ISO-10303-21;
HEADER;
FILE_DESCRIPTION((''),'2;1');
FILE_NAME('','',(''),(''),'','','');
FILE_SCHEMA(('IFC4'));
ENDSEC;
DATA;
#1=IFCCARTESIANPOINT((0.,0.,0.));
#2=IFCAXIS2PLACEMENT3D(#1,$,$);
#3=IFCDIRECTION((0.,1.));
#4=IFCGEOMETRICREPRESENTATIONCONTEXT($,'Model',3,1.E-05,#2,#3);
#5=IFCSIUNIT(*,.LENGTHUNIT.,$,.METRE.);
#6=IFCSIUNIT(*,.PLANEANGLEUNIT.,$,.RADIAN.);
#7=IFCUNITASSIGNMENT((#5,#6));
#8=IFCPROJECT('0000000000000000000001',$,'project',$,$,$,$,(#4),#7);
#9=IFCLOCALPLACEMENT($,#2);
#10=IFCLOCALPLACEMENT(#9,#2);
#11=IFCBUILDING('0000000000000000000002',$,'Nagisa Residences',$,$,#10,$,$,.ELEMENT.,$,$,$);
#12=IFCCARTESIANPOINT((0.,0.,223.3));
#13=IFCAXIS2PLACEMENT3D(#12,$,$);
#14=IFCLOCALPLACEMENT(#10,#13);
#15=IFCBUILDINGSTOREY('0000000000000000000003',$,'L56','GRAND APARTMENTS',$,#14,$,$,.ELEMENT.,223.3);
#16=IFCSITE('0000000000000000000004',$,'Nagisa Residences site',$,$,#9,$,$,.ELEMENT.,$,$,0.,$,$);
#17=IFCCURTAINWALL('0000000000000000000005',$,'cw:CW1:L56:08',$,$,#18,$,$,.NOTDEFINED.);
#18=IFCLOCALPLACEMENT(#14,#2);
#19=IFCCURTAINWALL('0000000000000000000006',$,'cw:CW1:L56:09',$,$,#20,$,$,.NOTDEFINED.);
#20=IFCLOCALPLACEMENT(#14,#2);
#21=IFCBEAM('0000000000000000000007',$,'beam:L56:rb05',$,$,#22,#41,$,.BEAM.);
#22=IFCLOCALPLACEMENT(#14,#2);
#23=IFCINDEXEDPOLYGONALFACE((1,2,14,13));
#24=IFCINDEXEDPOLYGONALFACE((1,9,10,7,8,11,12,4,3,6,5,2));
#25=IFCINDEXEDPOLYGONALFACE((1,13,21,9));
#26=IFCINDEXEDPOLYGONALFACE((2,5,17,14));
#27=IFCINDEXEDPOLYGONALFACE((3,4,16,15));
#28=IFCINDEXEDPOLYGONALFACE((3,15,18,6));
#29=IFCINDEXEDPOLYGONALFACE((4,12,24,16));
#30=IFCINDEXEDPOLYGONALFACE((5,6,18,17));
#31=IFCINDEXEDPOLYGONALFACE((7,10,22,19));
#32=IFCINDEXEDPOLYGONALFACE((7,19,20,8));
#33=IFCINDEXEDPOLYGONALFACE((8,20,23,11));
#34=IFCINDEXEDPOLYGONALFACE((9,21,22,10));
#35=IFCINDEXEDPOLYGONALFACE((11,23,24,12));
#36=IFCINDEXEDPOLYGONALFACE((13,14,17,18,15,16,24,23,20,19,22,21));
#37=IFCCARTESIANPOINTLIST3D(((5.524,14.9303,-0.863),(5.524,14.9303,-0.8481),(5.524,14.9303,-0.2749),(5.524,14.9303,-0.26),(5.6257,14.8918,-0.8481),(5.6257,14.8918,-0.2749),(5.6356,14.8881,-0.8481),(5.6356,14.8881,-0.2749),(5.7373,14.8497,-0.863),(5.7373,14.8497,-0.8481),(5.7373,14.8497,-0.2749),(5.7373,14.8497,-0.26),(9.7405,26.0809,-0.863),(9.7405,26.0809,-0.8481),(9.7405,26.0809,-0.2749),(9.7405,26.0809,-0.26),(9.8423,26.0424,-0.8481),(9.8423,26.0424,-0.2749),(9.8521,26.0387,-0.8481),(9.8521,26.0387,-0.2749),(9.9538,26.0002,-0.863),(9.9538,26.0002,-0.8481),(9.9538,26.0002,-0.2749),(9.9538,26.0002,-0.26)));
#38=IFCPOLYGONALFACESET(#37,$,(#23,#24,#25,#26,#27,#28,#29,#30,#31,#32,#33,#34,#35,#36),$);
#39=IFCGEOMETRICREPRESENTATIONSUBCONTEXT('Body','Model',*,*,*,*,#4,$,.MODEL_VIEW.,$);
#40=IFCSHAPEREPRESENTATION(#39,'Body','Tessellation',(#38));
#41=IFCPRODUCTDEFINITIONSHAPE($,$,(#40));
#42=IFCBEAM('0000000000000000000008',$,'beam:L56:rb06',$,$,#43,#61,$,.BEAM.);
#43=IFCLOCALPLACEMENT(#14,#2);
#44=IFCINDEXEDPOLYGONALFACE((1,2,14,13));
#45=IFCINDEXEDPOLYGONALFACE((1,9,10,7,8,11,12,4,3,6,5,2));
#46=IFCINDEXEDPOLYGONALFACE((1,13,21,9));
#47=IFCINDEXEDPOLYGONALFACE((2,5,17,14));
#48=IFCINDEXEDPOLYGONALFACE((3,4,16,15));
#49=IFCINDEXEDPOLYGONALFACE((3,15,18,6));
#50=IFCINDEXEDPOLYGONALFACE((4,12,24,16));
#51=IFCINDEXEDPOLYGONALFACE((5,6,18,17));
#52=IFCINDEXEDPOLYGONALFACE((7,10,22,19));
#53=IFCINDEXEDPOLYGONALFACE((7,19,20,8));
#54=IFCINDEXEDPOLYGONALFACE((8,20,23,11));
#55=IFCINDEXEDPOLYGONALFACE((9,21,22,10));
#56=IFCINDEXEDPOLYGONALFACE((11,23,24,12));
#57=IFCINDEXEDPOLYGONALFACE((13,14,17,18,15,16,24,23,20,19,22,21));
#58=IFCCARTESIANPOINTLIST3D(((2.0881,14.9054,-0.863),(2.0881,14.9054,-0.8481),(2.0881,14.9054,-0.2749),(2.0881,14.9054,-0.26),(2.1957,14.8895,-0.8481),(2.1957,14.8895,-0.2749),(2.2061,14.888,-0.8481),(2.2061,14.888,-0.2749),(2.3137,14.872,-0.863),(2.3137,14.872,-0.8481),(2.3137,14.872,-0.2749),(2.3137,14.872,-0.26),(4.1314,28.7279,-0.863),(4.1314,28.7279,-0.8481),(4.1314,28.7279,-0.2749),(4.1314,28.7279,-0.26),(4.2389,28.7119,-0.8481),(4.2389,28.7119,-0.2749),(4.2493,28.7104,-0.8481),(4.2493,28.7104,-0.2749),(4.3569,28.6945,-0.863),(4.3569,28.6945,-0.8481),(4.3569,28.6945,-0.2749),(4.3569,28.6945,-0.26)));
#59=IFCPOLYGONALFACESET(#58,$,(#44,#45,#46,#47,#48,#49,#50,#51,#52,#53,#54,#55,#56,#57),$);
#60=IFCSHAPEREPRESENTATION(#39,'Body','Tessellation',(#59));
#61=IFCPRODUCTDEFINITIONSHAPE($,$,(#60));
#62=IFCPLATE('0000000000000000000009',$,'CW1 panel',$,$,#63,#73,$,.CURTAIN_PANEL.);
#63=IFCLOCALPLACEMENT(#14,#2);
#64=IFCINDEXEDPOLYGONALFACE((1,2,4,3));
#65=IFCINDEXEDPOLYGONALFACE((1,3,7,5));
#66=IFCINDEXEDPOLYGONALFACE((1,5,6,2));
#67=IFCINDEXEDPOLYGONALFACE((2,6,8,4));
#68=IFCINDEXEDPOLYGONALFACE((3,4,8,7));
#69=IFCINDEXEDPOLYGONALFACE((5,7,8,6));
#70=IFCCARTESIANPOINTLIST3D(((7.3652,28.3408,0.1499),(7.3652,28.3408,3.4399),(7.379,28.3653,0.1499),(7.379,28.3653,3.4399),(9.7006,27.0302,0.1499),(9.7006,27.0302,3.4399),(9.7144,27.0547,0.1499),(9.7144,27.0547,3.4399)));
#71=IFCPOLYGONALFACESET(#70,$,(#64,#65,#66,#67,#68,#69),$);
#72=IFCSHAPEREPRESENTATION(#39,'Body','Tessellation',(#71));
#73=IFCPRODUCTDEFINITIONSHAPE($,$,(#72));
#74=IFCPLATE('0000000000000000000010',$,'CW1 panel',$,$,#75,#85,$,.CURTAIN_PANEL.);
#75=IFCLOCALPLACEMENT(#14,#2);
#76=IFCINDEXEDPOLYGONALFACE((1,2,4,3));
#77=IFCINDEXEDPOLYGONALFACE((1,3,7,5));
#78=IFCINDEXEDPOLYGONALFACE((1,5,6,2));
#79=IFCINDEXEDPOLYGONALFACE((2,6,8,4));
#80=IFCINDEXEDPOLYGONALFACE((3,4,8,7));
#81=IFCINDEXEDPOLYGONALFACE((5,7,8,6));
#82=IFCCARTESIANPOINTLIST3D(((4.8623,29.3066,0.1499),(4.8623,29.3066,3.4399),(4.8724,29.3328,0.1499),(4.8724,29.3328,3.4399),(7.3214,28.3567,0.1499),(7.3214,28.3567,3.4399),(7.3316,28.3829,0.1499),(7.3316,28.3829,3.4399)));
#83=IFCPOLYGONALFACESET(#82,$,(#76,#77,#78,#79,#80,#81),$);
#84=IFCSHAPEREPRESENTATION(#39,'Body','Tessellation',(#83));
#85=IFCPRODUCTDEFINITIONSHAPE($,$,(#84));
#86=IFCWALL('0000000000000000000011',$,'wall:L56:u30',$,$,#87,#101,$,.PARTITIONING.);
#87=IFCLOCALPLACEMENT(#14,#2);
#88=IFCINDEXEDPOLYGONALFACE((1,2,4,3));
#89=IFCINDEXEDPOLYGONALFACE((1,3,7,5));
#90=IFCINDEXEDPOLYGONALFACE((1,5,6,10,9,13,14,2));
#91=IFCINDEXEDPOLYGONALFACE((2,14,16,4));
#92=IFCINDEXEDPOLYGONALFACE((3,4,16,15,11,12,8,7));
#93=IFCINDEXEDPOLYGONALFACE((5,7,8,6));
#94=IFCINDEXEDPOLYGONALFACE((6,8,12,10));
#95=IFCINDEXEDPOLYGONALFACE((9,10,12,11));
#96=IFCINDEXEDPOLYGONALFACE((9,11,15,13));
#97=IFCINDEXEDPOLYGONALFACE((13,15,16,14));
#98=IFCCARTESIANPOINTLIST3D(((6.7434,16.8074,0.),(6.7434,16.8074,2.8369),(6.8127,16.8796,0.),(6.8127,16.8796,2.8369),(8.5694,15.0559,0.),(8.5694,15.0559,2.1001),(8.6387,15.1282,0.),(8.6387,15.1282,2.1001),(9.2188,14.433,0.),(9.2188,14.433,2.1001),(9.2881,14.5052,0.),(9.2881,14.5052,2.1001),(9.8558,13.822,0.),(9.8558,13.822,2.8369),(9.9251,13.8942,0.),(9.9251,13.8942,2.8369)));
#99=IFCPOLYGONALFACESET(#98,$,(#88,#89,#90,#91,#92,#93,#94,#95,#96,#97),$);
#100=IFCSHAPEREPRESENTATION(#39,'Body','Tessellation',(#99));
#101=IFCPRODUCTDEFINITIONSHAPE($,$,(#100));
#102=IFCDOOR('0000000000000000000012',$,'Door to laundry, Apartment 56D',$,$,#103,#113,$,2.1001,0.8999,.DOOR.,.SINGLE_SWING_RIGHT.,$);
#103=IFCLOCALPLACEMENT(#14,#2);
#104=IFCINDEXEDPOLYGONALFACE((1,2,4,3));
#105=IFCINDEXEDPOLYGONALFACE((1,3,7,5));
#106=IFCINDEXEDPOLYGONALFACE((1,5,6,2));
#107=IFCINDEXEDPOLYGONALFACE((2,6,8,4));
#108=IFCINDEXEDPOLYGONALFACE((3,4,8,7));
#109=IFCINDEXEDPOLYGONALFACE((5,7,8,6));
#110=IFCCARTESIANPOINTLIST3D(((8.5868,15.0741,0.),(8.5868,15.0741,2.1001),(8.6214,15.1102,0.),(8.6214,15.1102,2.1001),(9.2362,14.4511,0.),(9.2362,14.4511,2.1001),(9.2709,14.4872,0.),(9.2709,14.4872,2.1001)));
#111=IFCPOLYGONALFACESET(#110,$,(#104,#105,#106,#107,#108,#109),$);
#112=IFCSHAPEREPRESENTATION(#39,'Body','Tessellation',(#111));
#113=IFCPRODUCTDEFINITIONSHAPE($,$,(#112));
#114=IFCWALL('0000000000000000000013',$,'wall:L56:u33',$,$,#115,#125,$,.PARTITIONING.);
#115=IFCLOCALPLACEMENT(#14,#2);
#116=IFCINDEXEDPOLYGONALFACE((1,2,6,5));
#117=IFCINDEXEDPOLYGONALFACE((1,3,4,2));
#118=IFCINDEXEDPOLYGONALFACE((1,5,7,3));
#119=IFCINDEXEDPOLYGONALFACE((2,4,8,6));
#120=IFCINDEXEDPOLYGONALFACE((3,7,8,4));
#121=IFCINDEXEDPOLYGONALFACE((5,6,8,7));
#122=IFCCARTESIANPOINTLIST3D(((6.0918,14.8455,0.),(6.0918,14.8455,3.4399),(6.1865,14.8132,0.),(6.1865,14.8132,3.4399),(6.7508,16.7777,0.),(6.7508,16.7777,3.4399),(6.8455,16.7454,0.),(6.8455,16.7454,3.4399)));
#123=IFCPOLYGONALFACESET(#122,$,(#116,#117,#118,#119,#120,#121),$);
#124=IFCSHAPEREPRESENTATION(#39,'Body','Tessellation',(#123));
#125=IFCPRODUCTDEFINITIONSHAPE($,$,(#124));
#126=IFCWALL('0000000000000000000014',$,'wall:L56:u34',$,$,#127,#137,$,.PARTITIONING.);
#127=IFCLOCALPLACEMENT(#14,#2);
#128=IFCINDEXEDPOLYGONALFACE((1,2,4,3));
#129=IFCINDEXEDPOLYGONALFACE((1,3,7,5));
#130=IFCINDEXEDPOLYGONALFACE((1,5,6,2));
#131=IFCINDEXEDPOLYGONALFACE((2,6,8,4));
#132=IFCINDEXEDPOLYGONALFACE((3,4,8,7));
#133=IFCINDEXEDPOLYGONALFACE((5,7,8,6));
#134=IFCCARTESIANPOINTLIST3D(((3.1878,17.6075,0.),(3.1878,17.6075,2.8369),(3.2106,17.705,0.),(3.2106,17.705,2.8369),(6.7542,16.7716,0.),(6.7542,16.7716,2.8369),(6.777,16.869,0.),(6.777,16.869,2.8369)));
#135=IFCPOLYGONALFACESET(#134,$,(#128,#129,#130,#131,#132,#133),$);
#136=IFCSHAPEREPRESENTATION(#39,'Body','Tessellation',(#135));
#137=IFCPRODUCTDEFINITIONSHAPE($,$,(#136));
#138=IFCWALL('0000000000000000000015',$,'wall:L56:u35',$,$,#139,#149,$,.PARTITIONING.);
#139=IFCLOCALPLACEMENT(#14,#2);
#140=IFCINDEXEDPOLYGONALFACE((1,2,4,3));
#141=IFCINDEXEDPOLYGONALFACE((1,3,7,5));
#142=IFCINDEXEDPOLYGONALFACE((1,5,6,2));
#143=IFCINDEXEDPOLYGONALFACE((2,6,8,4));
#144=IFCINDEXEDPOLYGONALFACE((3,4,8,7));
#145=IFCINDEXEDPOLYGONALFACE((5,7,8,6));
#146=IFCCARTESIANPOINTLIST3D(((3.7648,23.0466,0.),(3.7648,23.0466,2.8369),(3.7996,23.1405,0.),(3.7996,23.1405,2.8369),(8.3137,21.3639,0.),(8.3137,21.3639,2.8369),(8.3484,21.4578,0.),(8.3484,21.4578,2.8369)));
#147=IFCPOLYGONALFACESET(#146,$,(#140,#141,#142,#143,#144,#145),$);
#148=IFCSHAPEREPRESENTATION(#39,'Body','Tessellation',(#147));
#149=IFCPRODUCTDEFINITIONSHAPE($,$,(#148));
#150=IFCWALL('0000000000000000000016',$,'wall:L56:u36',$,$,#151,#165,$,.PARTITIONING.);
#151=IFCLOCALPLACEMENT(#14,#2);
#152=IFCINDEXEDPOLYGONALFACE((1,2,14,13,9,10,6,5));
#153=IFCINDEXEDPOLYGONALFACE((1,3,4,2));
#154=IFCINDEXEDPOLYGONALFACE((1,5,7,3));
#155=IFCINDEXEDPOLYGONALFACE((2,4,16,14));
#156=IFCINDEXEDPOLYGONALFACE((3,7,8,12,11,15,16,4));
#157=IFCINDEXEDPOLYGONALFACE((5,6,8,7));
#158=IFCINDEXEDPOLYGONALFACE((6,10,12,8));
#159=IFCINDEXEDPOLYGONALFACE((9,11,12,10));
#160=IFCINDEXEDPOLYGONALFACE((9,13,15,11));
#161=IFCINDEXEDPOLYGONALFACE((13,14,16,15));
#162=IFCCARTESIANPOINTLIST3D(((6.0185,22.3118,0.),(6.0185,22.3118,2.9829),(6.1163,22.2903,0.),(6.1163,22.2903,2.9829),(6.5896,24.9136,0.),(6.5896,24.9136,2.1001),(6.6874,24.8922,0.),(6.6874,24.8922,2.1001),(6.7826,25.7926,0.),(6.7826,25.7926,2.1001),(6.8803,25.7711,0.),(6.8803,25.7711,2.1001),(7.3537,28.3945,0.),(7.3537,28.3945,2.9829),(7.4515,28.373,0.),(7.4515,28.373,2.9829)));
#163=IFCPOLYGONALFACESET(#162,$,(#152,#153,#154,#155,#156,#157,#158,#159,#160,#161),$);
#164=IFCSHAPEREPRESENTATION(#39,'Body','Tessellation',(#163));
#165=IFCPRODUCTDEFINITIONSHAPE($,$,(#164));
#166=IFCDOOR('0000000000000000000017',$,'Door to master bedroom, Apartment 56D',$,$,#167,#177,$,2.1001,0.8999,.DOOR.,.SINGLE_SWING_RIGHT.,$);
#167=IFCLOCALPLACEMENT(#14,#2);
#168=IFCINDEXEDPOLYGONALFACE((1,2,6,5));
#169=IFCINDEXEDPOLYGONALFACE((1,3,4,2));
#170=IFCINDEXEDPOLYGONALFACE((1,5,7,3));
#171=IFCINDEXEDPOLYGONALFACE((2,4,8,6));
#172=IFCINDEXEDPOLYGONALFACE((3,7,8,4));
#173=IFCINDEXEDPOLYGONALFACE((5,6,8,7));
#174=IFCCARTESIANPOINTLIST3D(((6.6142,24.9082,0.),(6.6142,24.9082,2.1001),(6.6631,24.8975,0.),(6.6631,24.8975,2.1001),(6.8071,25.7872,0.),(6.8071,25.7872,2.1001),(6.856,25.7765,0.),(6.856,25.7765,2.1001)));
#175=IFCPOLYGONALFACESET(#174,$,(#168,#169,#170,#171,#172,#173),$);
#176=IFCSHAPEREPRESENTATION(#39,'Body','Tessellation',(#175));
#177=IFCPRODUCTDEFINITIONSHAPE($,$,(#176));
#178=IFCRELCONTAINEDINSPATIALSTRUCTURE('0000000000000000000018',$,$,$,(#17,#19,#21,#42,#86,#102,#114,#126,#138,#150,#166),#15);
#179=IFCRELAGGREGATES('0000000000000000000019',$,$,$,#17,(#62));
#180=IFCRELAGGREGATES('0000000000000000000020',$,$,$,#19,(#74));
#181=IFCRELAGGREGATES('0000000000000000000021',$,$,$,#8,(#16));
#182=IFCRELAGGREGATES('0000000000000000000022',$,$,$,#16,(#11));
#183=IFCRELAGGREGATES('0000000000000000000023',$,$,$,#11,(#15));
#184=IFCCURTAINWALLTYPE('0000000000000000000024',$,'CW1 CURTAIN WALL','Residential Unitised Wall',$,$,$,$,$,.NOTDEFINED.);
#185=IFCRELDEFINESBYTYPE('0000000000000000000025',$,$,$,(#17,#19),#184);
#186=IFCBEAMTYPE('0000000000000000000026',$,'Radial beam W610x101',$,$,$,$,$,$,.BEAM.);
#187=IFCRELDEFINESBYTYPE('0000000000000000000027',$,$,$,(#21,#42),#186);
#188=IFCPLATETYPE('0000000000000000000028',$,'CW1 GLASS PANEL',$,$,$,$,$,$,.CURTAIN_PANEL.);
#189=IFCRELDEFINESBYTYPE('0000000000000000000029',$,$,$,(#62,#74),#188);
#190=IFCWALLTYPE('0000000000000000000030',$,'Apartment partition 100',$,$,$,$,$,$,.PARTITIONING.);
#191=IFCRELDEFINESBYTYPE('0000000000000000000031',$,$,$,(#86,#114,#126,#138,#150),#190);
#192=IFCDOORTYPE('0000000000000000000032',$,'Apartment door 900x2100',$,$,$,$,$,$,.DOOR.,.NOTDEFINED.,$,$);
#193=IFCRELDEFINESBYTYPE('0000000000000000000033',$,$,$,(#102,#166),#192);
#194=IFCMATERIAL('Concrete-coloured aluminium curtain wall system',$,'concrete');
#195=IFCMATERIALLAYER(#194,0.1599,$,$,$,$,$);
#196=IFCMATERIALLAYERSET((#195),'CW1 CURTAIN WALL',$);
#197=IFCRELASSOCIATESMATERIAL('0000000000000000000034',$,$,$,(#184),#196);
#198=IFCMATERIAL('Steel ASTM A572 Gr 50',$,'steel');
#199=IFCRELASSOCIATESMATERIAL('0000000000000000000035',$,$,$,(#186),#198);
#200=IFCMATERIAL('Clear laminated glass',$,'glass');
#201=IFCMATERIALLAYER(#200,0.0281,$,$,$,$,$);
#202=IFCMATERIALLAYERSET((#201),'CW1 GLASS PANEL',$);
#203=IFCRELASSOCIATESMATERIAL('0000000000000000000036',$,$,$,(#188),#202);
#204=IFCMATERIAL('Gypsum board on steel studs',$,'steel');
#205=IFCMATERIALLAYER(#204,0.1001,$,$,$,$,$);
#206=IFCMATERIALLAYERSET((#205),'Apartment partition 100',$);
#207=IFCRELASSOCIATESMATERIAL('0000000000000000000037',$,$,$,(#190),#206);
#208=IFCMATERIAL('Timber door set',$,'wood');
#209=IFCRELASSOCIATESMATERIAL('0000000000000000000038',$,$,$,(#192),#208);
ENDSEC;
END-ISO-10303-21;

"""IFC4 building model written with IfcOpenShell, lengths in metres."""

from ifc_helpers import new_model, si_unit, direction, frame, frame_2d, origin, origin_2d, place, context, subcontext, project, spatial, rectangle, i_section, extrude, material, layer, layer_set, material_profile, profile_set, type_object, element, fill, aggregate, save


model = new_model("IFC4")

# Units and contexts
model_context = context("Model", 3, precision=1e-05, world=origin(), true_north=direction((0.0, 1.0)))
body_context = subcontext(model_context, "Body", "Model", "MODEL_VIEW")
ifc_project = project(units=[si_unit("LENGTHUNIT", "METRE"), si_unit("PLANEANGLEUNIT", "RADIAN")], contexts=[model_context])

# Site, building, storey
site_placement = place(None, origin())
site = spatial("IfcSite", under=ifc_project, at=site_placement, Name="Nagisa Residences site", CompositionType="ELEMENT", RefElevation=0.0)
building_placement = place(site_placement, origin())
building = spatial("IfcBuilding", under=site, at=building_placement, Name="Nagisa Residences", CompositionType="ELEMENT")
storey_placement = place(building_placement, frame((0.0, 0.0, 223.3)))
storey = spatial("IfcBuildingStorey", under=building, at=storey_placement, Name="L56", Description="GRAND APARTMENTS", CompositionType="ELEMENT", Elevation=223.3)

# Curtain walls
ifc_material_1 = material(Name="Concrete-coloured aluminium curtain wall system", Category="concrete")
ifc_layer_1 = layer(ifc_material_1, 0.1599)
ifc_layer_set_1 = layer_set([ifc_layer_1], Name="CW1 CURTAIN WALL")
curtain_wall_type = type_object("IfcCurtainWallType", Name="CW1 CURTAIN WALL", Description="Residential Unitised Wall", PredefinedType="NOTDEFINED", material=ifc_layer_set_1)
curtain_wall_1_placement = place(storey_placement, origin())
curtain_wall_1 = element("IfcCurtainWall", 1, at=curtain_wall_1_placement, inside=storey, type_object=curtain_wall_type, Name="cw:CW1:L56:08", PredefinedType="NOTDEFINED")
curtain_wall_2_placement = place(storey_placement, origin())
curtain_wall_2 = element("IfcCurtainWall", 2, at=curtain_wall_2_placement, inside=storey, type_object=curtain_wall_type, Name="cw:CW1:L56:09", PredefinedType="NOTDEFINED")

# Beams
ifc_material_2 = material(Name="Steel ASTM A572 Gr 50", Category="steel")
ifc_material_profile_1 = material_profile(ifc_material_2, i_section(OverallWidth=0.228, OverallDepth=0.603, WebThickness=0.0105, FlangeThickness=0.0149, at=origin_2d()), Name="W610x101")
ifc_profile_set_1 = profile_set([ifc_material_profile_1], Name="Steel ASTM A572 Gr 50")
beam_type_1 = type_object("IfcBeamType", Name="Radial beam W610x101", PredefinedType="BEAM", material=ifc_profile_set_1)
beam_1_placement = place(storey_placement, frame((9.8472, 26.0405, -0.5615), z_axis=(-0.353701, -0.935359, 0.0), x_axis=(0.935359, -0.353701, 0.0)))
element("IfcBeam", 3, at=beam_1_placement, inside=storey, type_object=beam_type_1, Name="beam:L56:rb05", PredefinedType="BEAM", context=body_context, shape_type="SweptSolid", body=[
    extrude(i_section(OverallWidth=0.228, OverallDepth=0.603, WebThickness=0.0105, FlangeThickness=0.0149, at=origin_2d()), origin(), (0.0, 0.0, 1.0), 11.9211),
])
beam_2_placement = place(storey_placement, frame((4.2441, 28.7112, -0.5615), z_axis=(-0.146229, -0.989251, 0.0), x_axis=(0.989251, -0.146229, 0.0)))
element("IfcBeam", 4, at=beam_2_placement, inside=storey, type_object=beam_type_1, Name="beam:L56:rb06", PredefinedType="BEAM", context=body_context, shape_type="SweptSolid", body=[
    extrude(i_section(OverallWidth=0.228, OverallDepth=0.603, WebThickness=0.0105, FlangeThickness=0.0149, at=origin_2d()), origin(), (0.0, 0.0, 1.0), 13.9727),
])

# Plates
ifc_material_3 = material(Name="Clear laminated glass", Category="glass")
ifc_layer_2 = layer(ifc_material_3, 0.0281)
ifc_layer_set_2 = layer_set([ifc_layer_2], Name="CW1 GLASS PANEL")
plate_type = type_object("IfcPlateType", Name="CW1 GLASS PANEL", PredefinedType="CURTAIN_PANEL", material=ifc_layer_set_2)
plate_1_placement = place(storey_placement, frame((8.5398, 27.6978, 0.1499), z_axis=(0.0, 0.0, 1.0), x_axis=(-0.872072, 0.489377, 0.0)))
plate_1 = element("IfcPlate", 5, at=plate_1_placement, type_object=plate_type, Name="CW1 panel", PredefinedType="CURTAIN_PANEL", context=body_context, shape_type="SweptSolid", body=[
    extrude(rectangle(XDim=2.678, YDim=0.0281, at=origin_2d()), origin(), (0.0, 0.0, 1.0), 3.29),
])
aggregate(curtain_wall_1, [plate_1])
plate_2_placement = place(storey_placement, frame((6.0969, 28.8447, 0.1499), z_axis=(0.0, 0.0, 1.0), x_axis=(-0.932826, 0.360328, 0.0)))
plate_2 = element("IfcPlate", 6, at=plate_2_placement, type_object=plate_type, Name="CW1 panel", PredefinedType="CURTAIN_PANEL", context=body_context, shape_type="SweptSolid", body=[
    extrude(rectangle(XDim=2.6362, YDim=0.0281, at=origin_2d()), origin(), (0.0, 0.0, 1.0), 3.29),
])
aggregate(curtain_wall_2, [plate_2])

# Wall, opening, door
ifc_material_4 = material(Name="Gypsum board on steel studs", Category="steel")
ifc_layer_3 = layer(ifc_material_4, 0.1001)
ifc_layer_set_3 = layer_set([ifc_layer_3], Name="Apartment partition 100")
wall_type_1 = type_object("IfcWallType", Name="Apartment partition 100", PredefinedType="PARTITIONING", material=ifc_layer_set_3)
wall_1_placement = place(storey_placement, frame((9.8904, 13.8582, 0.0), z_axis=(0.0, 0.0, 1.0), x_axis=(-0.721672, 0.692235, 0.0)))
wall_1 = element("IfcWall", 7, at=wall_1_placement, inside=storey, type_object=wall_type_1, Name="wall:L56:u30", PredefinedType="PARTITIONING", context=body_context, shape_type="SweptSolid", body=[
    extrude(rectangle(XDim=4.3127, YDim=0.1001, at=frame_2d((2.1562, 0.0))), origin(), (0.0, 0.0, 1.0), 2.8369),
])
opening_1_placement = place(wall_1_placement, frame((0.8826, 0.0, 0.0)))
opening_1 = element("IfcOpeningElement", 8, at=opening_1_placement, cuts=wall_1, PredefinedType="OPENING", context=body_context, shape_type="SweptSolid", body=[
    extrude(rectangle(XDim=0.8999, YDim=2.1001, at=frame_2d((0.45, 1.05))), frame((0.0, 0.0601, 0.0), z_axis=(0.0, -1.0, 0.0), x_axis=(1.0, 0.0, 0.0)), (0.0, 0.0, 1.0), 0.1201),
])
ifc_material_5 = material(Name="Timber door set", Category="wood")
door_type_1 = type_object("IfcDoorType", Name="Apartment door 900x2100", OperationType="NOTDEFINED", PredefinedType="DOOR", material=ifc_material_5)
door_1_placement = place(opening_1_placement, origin())
door_1 = element("IfcDoor", 9, at=door_1_placement, inside=storey, type_object=door_type_1, Name="Door to laundry, Apartment 56D", OperationType="SINGLE_SWING_RIGHT", OverallHeight=2.1001, OverallWidth=0.8999, PredefinedType="DOOR", context=body_context, shape_type="SweptSolid", body=[
    extrude(rectangle(XDim=0.8999, YDim=2.1001, at=frame_2d((0.45, 1.05))), frame((0.0, 0.0249, 0.0), z_axis=(0.0, -1.0, 0.0), x_axis=(1.0, 0.0, 0.0)), (0.0, 0.0, 1.0), 0.05),
])
fill(opening_1, door_1)

# Walls
wall_2_placement = place(storey_placement, frame((6.1392, 14.8293, 0.0), z_axis=(0.0, 0.0, 1.0), x_axis=(0.322786, 0.946472, 0.0)))
element("IfcWall", 10, at=wall_2_placement, inside=storey, type_object=wall_type_1, Name="wall:L56:u33", PredefinedType="PARTITIONING", context=body_context, shape_type="SweptSolid", body=[
    extrude(rectangle(XDim=2.0415, YDim=0.1001, at=frame_2d((1.0208, 0.0))), origin(), (0.0, 0.0, 1.0), 3.4399),
])
wall_3_placement = place(storey_placement, frame((6.7656, 16.8203, 0.0), z_axis=(0.0, 0.0, 1.0), x_axis=(-0.973613, 0.228207, 0.0)))
element("IfcWall", 11, at=wall_3_placement, inside=storey, type_object=wall_type_1, Name="wall:L56:u34", PredefinedType="PARTITIONING", context=body_context, shape_type="SweptSolid", body=[
    extrude(rectangle(XDim=3.6631, YDim=0.1001, at=frame_2d((1.8315, 0.0))), origin(), (0.0, 0.0, 1.0), 2.8369),
])
wall_4_placement = place(storey_placement, frame((8.3311, 21.4109, 0.0), z_axis=(0.0, 0.0, 1.0), x_axis=(-0.937892, 0.346927, 0.0)))
element("IfcWall", 12, at=wall_4_placement, inside=storey, type_object=wall_type_1, Name="wall:L56:u35", PredefinedType="PARTITIONING", context=body_context, shape_type="SweptSolid", body=[
    extrude(rectangle(XDim=4.8501, YDim=0.1001, at=frame_2d((2.425, 0.0))), origin(), (0.0, 0.0, 1.0), 2.8369),
])

# Wall, opening, door
wall_5_placement = place(storey_placement, frame((6.0674, 22.301, 0.0), z_axis=(0.0, 0.0, 1.0), x_axis=(0.214402, 0.976746, 0.0)))
wall_5 = element("IfcWall", 13, at=wall_5_placement, inside=storey, type_object=wall_type_1, Name="wall:L56:u36", PredefinedType="PARTITIONING", context=body_context, shape_type="SweptSolid", body=[
    extrude(rectangle(XDim=6.2275, YDim=0.1001, at=frame_2d((3.1138, 0.0))), origin(), (0.0, 0.0, 1.0), 2.9829),
])
opening_2_placement = place(wall_5_placement, frame((2.6638, 0.0, 0.0)))
opening_2 = element("IfcOpeningElement", 14, at=opening_2_placement, cuts=wall_5, PredefinedType="OPENING", context=body_context, shape_type="SweptSolid", body=[
    extrude(rectangle(XDim=0.8999, YDim=2.1001, at=frame_2d((0.45, 1.05))), frame((0.0, 0.0601, 0.0), z_axis=(0.0, -1.0, 0.0), x_axis=(1.0, 0.0, 0.0)), (0.0, 0.0, 1.0), 0.1201),
])
door_2_placement = place(opening_2_placement, origin())
door_2 = element("IfcDoor", 15, at=door_2_placement, inside=storey, type_object=door_type_1, Name="Door to master bedroom, Apartment 56D", OperationType="SINGLE_SWING_RIGHT", OverallHeight=2.1001, OverallWidth=0.8999, PredefinedType="DOOR", context=body_context, shape_type="SweptSolid", body=[
    extrude(rectangle(XDim=0.8999, YDim=2.1001, at=frame_2d((0.45, 1.05))), frame((0.0, 0.0249, 0.0), z_axis=(0.0, -1.0, 0.0), x_axis=(1.0, 0.0, 0.0)), (0.0, 0.0, 1.0), 0.05),
])
fill(opening_2, door_2)

save(model, "model.ifc")
